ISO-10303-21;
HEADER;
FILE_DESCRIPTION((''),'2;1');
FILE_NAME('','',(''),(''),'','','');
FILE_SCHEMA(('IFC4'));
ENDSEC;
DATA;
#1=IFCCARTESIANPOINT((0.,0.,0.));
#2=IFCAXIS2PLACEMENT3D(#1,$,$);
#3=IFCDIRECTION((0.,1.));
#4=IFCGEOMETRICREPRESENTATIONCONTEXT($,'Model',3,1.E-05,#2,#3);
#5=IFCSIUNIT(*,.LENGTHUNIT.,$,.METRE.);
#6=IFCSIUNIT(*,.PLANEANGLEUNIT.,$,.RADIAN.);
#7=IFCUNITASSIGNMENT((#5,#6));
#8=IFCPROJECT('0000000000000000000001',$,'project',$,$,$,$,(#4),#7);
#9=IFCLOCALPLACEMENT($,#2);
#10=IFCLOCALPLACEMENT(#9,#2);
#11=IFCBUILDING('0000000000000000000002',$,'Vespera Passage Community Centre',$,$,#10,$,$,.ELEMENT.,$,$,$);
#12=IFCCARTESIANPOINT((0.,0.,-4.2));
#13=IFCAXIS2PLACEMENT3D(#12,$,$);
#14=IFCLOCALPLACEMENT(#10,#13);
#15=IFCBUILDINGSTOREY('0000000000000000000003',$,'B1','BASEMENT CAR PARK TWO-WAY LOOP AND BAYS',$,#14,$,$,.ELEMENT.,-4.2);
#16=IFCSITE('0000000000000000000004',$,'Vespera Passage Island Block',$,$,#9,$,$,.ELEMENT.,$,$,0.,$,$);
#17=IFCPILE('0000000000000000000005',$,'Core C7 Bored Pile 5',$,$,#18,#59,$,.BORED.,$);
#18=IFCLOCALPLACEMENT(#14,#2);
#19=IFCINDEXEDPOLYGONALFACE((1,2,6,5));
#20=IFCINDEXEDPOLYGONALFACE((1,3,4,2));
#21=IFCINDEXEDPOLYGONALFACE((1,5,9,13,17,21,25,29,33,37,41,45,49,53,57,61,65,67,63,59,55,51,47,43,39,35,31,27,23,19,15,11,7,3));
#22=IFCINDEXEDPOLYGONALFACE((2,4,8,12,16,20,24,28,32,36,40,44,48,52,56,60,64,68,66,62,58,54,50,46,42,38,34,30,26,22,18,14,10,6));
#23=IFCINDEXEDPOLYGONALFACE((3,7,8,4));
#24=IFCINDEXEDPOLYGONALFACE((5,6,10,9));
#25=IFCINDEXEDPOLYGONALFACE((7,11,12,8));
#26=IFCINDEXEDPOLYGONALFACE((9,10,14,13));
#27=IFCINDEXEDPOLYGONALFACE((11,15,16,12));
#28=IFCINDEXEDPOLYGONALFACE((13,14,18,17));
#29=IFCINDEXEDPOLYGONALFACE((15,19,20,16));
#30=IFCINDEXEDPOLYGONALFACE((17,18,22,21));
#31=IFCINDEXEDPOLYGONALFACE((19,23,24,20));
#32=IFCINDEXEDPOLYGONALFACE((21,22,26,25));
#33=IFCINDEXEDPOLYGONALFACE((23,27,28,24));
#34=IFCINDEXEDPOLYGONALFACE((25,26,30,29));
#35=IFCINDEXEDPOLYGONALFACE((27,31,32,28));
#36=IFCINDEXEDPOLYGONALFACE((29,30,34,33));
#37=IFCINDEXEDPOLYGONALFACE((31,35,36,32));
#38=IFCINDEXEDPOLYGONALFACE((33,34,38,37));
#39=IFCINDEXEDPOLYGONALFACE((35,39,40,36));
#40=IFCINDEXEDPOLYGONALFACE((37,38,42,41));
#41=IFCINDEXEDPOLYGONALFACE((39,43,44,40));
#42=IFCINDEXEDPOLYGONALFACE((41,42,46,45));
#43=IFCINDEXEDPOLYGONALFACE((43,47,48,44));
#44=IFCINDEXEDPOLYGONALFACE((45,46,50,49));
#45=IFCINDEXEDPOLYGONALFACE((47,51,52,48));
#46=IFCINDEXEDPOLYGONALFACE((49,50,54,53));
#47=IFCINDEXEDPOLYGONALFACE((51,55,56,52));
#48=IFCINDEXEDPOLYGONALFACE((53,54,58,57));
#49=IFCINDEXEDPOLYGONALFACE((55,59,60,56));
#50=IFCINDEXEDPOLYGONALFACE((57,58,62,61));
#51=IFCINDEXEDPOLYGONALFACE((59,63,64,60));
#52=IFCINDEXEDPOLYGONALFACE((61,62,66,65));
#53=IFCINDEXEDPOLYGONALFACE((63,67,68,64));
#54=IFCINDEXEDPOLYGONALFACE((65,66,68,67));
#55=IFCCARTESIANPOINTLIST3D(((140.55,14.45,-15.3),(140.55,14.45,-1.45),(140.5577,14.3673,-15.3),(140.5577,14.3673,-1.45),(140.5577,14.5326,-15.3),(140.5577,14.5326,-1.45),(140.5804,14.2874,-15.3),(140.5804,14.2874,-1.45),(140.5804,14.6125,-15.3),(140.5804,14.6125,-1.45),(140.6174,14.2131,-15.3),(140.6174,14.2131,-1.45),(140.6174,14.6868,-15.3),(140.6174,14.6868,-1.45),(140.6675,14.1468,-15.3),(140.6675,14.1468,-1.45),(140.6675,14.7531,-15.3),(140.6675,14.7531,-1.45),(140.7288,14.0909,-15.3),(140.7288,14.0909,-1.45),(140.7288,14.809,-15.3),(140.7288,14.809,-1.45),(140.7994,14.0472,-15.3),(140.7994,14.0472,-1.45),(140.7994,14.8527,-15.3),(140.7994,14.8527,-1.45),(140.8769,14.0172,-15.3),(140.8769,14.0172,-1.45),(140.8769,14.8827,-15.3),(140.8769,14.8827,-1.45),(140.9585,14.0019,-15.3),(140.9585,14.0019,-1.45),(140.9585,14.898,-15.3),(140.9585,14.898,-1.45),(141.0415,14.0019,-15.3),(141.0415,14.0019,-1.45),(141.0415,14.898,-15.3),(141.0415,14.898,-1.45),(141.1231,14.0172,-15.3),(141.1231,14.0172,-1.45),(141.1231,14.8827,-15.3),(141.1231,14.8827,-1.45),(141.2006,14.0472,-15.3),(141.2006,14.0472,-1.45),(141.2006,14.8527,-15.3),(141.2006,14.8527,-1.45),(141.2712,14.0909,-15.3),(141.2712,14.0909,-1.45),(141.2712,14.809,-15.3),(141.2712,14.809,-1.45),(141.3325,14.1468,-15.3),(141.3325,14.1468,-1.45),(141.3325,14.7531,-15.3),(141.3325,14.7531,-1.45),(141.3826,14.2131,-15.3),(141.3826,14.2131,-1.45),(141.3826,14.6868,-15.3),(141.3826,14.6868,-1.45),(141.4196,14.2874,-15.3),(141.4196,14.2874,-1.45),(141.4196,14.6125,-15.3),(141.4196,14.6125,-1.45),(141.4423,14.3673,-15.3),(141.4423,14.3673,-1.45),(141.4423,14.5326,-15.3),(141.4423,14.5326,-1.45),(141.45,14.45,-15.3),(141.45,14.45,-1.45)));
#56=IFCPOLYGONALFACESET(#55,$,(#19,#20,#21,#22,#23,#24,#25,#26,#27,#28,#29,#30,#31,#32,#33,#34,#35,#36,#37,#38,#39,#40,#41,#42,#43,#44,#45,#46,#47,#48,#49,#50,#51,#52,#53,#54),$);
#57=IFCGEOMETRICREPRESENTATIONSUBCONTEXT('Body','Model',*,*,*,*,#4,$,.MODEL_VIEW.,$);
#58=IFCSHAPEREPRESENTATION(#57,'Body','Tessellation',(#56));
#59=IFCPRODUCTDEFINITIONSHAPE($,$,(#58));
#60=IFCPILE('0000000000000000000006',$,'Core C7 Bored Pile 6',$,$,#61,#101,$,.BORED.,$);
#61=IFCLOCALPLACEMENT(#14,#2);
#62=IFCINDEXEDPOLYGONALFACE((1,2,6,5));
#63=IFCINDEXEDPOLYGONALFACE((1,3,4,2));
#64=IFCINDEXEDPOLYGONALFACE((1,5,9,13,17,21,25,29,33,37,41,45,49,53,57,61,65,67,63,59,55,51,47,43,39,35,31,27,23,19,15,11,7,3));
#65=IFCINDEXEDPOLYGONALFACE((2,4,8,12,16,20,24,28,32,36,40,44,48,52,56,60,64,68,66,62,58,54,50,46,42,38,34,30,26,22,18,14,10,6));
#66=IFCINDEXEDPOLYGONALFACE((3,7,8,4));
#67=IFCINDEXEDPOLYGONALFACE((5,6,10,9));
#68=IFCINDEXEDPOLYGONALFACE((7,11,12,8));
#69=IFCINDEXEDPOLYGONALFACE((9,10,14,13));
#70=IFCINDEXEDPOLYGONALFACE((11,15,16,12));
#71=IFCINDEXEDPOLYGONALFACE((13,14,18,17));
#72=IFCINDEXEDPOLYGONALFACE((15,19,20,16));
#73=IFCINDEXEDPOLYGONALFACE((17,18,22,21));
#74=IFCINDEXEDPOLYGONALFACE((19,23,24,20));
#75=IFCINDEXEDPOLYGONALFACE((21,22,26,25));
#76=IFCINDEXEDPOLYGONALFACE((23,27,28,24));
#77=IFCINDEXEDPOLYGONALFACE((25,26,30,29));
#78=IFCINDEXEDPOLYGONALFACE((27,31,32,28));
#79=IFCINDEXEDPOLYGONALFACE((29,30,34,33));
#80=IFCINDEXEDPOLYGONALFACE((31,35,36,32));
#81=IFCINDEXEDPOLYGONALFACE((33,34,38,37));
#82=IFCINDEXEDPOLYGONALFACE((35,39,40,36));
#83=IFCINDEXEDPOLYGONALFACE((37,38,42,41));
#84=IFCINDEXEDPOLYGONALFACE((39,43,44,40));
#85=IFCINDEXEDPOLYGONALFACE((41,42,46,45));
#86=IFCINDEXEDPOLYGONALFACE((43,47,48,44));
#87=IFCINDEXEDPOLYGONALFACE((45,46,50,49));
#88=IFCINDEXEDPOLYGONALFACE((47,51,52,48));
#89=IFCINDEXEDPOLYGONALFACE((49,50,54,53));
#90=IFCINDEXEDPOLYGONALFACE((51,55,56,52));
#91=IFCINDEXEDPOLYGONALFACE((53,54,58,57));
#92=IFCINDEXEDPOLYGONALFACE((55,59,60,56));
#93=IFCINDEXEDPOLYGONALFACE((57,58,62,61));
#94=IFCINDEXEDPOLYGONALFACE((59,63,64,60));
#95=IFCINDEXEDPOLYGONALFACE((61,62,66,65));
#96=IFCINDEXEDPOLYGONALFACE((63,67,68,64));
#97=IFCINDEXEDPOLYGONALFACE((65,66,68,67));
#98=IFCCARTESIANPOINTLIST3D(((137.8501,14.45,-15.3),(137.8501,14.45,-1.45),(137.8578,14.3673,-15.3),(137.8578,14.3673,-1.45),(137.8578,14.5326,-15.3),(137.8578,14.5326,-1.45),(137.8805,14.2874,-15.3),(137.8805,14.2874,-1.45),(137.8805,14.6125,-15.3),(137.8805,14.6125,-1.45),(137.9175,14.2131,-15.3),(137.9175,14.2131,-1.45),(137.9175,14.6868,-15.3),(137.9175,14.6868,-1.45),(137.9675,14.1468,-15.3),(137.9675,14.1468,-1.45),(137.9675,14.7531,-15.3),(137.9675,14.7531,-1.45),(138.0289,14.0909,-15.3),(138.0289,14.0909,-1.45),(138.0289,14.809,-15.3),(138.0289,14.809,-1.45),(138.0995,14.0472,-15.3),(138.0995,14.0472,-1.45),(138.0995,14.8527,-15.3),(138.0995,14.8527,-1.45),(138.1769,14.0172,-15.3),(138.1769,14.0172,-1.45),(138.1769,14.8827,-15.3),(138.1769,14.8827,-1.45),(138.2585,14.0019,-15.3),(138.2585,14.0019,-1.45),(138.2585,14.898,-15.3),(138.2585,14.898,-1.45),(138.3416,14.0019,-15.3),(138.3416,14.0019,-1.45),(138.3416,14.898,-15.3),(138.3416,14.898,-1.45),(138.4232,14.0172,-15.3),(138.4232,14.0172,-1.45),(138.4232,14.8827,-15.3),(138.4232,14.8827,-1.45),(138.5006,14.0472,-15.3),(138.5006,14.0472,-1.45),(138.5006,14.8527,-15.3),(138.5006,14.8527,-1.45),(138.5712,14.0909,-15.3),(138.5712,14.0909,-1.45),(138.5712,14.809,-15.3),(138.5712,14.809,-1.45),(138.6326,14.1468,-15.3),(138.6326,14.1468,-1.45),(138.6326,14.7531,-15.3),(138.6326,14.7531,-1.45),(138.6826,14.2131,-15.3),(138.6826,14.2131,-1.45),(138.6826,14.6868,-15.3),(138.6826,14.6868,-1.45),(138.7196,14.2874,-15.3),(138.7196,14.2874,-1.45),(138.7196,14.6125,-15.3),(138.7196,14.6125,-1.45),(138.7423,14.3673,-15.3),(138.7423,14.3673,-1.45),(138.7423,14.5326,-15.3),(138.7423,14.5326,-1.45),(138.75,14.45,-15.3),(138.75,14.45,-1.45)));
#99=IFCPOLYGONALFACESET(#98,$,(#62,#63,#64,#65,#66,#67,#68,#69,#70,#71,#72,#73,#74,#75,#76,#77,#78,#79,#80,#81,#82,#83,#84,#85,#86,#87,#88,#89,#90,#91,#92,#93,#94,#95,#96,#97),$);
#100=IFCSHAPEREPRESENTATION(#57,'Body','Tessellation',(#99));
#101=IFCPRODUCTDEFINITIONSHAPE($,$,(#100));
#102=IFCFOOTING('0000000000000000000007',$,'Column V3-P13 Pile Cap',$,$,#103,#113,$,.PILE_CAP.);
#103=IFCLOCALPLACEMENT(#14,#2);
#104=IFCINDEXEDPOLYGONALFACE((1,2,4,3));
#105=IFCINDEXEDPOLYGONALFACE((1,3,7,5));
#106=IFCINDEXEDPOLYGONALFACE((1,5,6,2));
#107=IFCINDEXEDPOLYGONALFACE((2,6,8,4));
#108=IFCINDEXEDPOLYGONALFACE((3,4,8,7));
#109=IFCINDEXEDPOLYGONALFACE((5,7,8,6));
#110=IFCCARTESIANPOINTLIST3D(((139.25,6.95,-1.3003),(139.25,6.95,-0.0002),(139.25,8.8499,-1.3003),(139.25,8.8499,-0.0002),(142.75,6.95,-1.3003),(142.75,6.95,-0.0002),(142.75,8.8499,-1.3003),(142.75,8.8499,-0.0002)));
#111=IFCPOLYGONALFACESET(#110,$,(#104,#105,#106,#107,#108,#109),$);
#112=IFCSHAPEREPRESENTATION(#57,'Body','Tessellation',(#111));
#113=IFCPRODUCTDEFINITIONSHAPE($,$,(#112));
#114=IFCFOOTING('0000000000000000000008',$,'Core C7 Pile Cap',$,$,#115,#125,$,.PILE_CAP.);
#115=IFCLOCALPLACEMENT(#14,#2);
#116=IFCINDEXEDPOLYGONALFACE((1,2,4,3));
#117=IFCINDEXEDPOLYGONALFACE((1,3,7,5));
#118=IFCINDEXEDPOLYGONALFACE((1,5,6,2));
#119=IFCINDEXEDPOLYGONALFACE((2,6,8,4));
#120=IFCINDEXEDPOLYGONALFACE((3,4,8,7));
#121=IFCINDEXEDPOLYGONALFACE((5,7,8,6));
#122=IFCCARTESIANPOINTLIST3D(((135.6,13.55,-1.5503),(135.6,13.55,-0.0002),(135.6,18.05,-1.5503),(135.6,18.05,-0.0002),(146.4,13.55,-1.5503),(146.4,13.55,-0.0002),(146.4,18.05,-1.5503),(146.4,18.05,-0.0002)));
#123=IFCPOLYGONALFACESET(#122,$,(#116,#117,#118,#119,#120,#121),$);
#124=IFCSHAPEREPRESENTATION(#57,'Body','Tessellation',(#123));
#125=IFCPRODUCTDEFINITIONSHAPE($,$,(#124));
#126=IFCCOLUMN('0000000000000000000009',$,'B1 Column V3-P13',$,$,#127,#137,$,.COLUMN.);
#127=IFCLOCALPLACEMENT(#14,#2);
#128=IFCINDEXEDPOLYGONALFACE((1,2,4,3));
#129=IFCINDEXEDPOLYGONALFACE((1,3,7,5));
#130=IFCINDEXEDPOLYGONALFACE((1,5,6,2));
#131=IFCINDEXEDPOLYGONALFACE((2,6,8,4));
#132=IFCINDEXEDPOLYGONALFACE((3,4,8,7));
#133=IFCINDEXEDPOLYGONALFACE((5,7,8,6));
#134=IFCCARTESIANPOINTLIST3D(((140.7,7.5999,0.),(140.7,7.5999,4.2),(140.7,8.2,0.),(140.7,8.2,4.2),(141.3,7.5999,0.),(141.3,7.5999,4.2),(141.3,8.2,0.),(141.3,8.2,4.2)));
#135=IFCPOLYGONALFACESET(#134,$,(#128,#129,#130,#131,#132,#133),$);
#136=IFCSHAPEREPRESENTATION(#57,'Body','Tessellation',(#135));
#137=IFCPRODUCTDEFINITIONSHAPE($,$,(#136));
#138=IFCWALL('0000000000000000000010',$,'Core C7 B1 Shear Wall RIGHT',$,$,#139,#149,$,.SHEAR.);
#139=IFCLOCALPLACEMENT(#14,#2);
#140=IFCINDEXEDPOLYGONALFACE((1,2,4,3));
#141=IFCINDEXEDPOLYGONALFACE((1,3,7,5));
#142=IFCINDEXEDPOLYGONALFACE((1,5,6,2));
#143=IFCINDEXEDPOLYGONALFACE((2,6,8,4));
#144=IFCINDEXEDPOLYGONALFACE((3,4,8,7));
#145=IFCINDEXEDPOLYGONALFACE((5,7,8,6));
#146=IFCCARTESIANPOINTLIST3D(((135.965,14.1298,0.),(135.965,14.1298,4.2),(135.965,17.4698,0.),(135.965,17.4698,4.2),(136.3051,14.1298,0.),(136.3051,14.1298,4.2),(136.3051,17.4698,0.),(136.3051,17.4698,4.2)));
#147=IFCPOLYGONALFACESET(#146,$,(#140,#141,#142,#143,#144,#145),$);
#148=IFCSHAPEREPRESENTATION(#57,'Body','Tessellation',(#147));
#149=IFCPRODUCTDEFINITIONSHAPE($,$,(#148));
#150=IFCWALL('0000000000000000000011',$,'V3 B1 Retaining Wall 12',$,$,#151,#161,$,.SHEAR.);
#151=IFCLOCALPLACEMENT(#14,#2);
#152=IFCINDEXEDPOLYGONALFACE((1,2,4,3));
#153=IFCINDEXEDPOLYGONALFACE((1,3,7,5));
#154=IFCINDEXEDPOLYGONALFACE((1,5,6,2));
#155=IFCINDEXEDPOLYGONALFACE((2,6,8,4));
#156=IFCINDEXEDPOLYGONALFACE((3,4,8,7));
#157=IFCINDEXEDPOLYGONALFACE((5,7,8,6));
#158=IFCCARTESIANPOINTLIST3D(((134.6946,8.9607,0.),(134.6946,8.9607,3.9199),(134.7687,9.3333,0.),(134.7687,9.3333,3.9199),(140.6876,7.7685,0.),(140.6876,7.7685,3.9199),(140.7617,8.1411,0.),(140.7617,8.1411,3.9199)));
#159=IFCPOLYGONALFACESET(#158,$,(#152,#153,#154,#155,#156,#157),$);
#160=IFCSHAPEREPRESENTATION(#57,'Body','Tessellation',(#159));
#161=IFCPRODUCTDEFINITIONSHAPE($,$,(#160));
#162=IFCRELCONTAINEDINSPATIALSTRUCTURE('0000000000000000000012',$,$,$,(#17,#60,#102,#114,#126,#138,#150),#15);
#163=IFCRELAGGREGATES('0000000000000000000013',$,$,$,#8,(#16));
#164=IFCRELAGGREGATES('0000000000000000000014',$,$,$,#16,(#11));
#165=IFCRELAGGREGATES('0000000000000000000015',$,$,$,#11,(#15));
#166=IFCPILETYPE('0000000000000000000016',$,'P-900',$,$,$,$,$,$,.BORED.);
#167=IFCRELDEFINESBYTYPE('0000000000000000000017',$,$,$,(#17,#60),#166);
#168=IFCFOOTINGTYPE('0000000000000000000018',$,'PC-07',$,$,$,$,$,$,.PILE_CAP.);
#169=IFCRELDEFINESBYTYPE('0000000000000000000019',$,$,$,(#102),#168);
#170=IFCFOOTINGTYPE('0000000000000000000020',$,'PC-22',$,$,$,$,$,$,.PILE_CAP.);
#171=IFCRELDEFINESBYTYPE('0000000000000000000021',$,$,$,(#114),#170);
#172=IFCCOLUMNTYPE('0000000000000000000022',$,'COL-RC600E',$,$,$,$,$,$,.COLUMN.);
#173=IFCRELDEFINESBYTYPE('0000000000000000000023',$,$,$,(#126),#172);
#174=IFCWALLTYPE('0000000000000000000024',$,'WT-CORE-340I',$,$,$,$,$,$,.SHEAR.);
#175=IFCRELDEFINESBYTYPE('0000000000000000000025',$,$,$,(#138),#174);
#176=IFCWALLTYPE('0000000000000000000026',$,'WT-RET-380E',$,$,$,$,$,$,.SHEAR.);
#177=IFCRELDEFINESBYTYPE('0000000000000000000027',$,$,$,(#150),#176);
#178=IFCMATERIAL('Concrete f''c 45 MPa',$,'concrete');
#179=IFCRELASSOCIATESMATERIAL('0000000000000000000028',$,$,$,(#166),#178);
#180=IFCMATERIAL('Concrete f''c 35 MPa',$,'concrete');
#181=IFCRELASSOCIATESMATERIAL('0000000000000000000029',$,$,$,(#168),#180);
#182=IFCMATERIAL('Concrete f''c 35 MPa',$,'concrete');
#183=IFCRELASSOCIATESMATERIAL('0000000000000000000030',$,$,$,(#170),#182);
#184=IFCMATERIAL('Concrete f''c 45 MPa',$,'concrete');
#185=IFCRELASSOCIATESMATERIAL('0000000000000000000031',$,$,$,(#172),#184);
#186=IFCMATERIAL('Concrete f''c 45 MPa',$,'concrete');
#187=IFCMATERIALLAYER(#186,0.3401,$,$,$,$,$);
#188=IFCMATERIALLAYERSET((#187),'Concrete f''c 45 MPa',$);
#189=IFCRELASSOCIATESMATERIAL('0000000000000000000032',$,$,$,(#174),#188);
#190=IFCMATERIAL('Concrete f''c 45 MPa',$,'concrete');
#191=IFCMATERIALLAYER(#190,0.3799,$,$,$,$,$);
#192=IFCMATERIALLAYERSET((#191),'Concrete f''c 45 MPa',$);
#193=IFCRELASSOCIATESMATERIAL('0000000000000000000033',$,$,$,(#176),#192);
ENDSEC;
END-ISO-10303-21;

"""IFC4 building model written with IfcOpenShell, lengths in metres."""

from ifc_helpers import new_model, si_unit, direction, frame, frame_2d, origin, origin_2d, place, context, subcontext, project, spatial, rectangle, circle, extrude, material, layer, layer_set, material_profile, profile_set, type_object, element, save


model = new_model("IFC4")

# Units and contexts
model_context = context("Model", 3, precision=1e-05, world=origin(), true_north=direction((0.0, 1.0)))
body_context = subcontext(model_context, "Body", "Model", "MODEL_VIEW")
ifc_project = project(units=[si_unit("LENGTHUNIT", "METRE"), si_unit("PLANEANGLEUNIT", "RADIAN")], contexts=[model_context])

# Site, building, storey
site_placement = place(None, origin())
site = spatial("IfcSite", under=ifc_project, at=site_placement, Name="Vespera Passage Island Block", CompositionType="ELEMENT", RefElevation=0.0)
building_placement = place(site_placement, origin())
building = spatial("IfcBuilding", under=site, at=building_placement, Name="Vespera Passage Community Centre", CompositionType="ELEMENT")
storey_placement = place(building_placement, frame((0.0, 0.0, -4.2)))
storey = spatial("IfcBuildingStorey", under=building, at=storey_placement, Name="B1", Description="BASEMENT CAR PARK TWO-WAY LOOP AND BAYS", CompositionType="ELEMENT", Elevation=-4.2)

# Piles
ifc_material_1 = material(Name="Concrete f'c 45 MPa", Category="concrete")
ifc_material_profile_1 = material_profile(ifc_material_1, circle(Radius=0.45, at=origin_2d()), Name="PILE900DIA")
ifc_profile_set_1 = profile_set([ifc_material_profile_1], Name="Concrete f'c 45 MPa")
pile_type_1 = type_object("IfcPileType", Name="P-900", PredefinedType="BORED", material=ifc_profile_set_1)
for number, where, z_axis, x_axis, name in (
    (1, (141.0, 14.45, -1.45), (0.0, 0.0, -1.0), (1.0, 0.0, 0.0), "Core C7 Bored Pile 5"),
    (2, (138.3, 14.45, -1.45), (0.0, 0.0, -1.0), (1.0, 0.0, 0.0), "Core C7 Bored Pile 6"),
):
    element("IfcPile", number, at=place(storey_placement, frame(where, z_axis=z_axis, x_axis=x_axis)), inside=storey, type_object=pile_type_1, Name=name, PredefinedType="BORED", context=body_context, shape_type="SweptSolid", body=[
        extrude(circle(Radius=0.45, at=origin_2d()), origin(), (0.0, 0.0, 1.0), 13.8501),
    ])

# Footings
ifc_material_2 = material(Name="Concrete f'c 35 MPa", Category="concrete")
footing_type_1 = type_object("IfcFootingType", Name="PC-07", PredefinedType="PILE_CAP", material=ifc_material_2)
footing_1_placement = place(storey_placement, frame((141.0, 7.8999, -1.3003), z_axis=(0.0, 0.0, 1.0), x_axis=(1.0, 0.0, 0.0)))
element("IfcFooting", 3, at=footing_1_placement, inside=storey, type_object=footing_type_1, Name="Column V3-P13 Pile Cap", PredefinedType="PILE_CAP", context=body_context, shape_type="SweptSolid", body=[
    extrude(rectangle(XDim=3.5, YDim=1.8999, at=origin_2d()), origin(), (0.0, 0.0, 1.0), 1.3),
])
ifc_material_3 = material(Name="Concrete f'c 35 MPa", Category="concrete")
footing_type_2 = type_object("IfcFootingType", Name="PC-22", PredefinedType="PILE_CAP", material=ifc_material_3)
footing_2_placement = place(storey_placement, frame((141.0, 15.8, -1.5503), z_axis=(0.0, 0.0, 1.0), x_axis=(-1.0, 0.0, 0.0)))
element("IfcFooting", 4, at=footing_2_placement, inside=storey, type_object=footing_type_2, Name="Core C7 Pile Cap", PredefinedType="PILE_CAP", context=body_context, shape_type="SweptSolid", body=[
    extrude(rectangle(XDim=10.8, YDim=4.5, at=origin_2d()), origin(), (0.0, 0.0, 1.0), 1.55),
])

# Column
ifc_material_4 = material(Name="Concrete f'c 45 MPa", Category="concrete")
ifc_material_profile_2 = material_profile(ifc_material_4, rectangle(XDim=0.6001, YDim=0.6001, at=origin_2d()), Name="RC600X600")
ifc_profile_set_2 = profile_set([ifc_material_profile_2], Name="Concrete f'c 45 MPa")
column_type = type_object("IfcColumnType", Name="COL-RC600E", PredefinedType="COLUMN", material=ifc_profile_set_2)
column_placement = place(storey_placement, frame((141.0, 7.8999, 0.0), z_axis=(0.0, 0.0, 1.0), x_axis=(1.0, 0.0, 0.0)))
element("IfcColumn", 5, at=column_placement, inside=storey, type_object=column_type, Name="B1 Column V3-P13", PredefinedType="COLUMN", context=body_context, shape_type="SweptSolid", body=[
    extrude(rectangle(XDim=0.6001, YDim=0.6001, at=origin_2d()), origin(), (0.0, 0.0, 1.0), 4.2),
])

# Walls
ifc_material_5 = material(Name="Concrete f'c 45 MPa", Category="concrete")
ifc_layer_1 = layer(ifc_material_5, 0.3401)
ifc_layer_set_1 = layer_set([ifc_layer_1], Name="Concrete f'c 45 MPa")
wall_type_1 = type_object("IfcWallType", Name="WT-CORE-340I", PredefinedType="SHEAR", material=ifc_layer_set_1)
wall_1_placement = place(storey_placement, frame((136.135, 14.1299, 0.0), z_axis=(0.0, 0.0, 1.0), x_axis=(0.0, 1.0, 0.0)))
element("IfcWall", 6, at=wall_1_placement, inside=storey, type_object=wall_type_1, Name="Core C7 B1 Shear Wall RIGHT", PredefinedType="SHEAR", context=body_context, shape_type="SweptSolid", body=[
    extrude(rectangle(XDim=3.3401, YDim=0.3401, at=frame_2d((1.6699, 0.0))), origin(), (0.0, 0.0, 1.0), 4.2),
])
ifc_material_6 = material(Name="Concrete f'c 45 MPa", Category="concrete")
ifc_layer_2 = layer(ifc_material_6, 0.3799)
ifc_layer_set_2 = layer_set([ifc_layer_2], Name="Concrete f'c 45 MPa")
wall_type_2 = type_object("IfcWallType", Name="WT-RET-380E", PredefinedType="SHEAR", material=ifc_layer_set_2)
wall_2_placement = place(storey_placement, frame((140.7246, 7.9548, 0.0), z_axis=(0.0, 0.0, 1.0), x_axis=(-0.980783, 0.195102, 0.0)))
element("IfcWall", 7, at=wall_2_placement, inside=storey, type_object=wall_type_2, Name="V3 B1 Retaining Wall 12", PredefinedType="SHEAR", context=body_context, shape_type="SweptSolid", body=[
    extrude(rectangle(XDim=6.1104, YDim=0.3799, at=frame_2d((3.0552, 0.0))), origin(), (0.0, 0.0, 1.0), 3.9199),
])

save(model, "model.ifc")
